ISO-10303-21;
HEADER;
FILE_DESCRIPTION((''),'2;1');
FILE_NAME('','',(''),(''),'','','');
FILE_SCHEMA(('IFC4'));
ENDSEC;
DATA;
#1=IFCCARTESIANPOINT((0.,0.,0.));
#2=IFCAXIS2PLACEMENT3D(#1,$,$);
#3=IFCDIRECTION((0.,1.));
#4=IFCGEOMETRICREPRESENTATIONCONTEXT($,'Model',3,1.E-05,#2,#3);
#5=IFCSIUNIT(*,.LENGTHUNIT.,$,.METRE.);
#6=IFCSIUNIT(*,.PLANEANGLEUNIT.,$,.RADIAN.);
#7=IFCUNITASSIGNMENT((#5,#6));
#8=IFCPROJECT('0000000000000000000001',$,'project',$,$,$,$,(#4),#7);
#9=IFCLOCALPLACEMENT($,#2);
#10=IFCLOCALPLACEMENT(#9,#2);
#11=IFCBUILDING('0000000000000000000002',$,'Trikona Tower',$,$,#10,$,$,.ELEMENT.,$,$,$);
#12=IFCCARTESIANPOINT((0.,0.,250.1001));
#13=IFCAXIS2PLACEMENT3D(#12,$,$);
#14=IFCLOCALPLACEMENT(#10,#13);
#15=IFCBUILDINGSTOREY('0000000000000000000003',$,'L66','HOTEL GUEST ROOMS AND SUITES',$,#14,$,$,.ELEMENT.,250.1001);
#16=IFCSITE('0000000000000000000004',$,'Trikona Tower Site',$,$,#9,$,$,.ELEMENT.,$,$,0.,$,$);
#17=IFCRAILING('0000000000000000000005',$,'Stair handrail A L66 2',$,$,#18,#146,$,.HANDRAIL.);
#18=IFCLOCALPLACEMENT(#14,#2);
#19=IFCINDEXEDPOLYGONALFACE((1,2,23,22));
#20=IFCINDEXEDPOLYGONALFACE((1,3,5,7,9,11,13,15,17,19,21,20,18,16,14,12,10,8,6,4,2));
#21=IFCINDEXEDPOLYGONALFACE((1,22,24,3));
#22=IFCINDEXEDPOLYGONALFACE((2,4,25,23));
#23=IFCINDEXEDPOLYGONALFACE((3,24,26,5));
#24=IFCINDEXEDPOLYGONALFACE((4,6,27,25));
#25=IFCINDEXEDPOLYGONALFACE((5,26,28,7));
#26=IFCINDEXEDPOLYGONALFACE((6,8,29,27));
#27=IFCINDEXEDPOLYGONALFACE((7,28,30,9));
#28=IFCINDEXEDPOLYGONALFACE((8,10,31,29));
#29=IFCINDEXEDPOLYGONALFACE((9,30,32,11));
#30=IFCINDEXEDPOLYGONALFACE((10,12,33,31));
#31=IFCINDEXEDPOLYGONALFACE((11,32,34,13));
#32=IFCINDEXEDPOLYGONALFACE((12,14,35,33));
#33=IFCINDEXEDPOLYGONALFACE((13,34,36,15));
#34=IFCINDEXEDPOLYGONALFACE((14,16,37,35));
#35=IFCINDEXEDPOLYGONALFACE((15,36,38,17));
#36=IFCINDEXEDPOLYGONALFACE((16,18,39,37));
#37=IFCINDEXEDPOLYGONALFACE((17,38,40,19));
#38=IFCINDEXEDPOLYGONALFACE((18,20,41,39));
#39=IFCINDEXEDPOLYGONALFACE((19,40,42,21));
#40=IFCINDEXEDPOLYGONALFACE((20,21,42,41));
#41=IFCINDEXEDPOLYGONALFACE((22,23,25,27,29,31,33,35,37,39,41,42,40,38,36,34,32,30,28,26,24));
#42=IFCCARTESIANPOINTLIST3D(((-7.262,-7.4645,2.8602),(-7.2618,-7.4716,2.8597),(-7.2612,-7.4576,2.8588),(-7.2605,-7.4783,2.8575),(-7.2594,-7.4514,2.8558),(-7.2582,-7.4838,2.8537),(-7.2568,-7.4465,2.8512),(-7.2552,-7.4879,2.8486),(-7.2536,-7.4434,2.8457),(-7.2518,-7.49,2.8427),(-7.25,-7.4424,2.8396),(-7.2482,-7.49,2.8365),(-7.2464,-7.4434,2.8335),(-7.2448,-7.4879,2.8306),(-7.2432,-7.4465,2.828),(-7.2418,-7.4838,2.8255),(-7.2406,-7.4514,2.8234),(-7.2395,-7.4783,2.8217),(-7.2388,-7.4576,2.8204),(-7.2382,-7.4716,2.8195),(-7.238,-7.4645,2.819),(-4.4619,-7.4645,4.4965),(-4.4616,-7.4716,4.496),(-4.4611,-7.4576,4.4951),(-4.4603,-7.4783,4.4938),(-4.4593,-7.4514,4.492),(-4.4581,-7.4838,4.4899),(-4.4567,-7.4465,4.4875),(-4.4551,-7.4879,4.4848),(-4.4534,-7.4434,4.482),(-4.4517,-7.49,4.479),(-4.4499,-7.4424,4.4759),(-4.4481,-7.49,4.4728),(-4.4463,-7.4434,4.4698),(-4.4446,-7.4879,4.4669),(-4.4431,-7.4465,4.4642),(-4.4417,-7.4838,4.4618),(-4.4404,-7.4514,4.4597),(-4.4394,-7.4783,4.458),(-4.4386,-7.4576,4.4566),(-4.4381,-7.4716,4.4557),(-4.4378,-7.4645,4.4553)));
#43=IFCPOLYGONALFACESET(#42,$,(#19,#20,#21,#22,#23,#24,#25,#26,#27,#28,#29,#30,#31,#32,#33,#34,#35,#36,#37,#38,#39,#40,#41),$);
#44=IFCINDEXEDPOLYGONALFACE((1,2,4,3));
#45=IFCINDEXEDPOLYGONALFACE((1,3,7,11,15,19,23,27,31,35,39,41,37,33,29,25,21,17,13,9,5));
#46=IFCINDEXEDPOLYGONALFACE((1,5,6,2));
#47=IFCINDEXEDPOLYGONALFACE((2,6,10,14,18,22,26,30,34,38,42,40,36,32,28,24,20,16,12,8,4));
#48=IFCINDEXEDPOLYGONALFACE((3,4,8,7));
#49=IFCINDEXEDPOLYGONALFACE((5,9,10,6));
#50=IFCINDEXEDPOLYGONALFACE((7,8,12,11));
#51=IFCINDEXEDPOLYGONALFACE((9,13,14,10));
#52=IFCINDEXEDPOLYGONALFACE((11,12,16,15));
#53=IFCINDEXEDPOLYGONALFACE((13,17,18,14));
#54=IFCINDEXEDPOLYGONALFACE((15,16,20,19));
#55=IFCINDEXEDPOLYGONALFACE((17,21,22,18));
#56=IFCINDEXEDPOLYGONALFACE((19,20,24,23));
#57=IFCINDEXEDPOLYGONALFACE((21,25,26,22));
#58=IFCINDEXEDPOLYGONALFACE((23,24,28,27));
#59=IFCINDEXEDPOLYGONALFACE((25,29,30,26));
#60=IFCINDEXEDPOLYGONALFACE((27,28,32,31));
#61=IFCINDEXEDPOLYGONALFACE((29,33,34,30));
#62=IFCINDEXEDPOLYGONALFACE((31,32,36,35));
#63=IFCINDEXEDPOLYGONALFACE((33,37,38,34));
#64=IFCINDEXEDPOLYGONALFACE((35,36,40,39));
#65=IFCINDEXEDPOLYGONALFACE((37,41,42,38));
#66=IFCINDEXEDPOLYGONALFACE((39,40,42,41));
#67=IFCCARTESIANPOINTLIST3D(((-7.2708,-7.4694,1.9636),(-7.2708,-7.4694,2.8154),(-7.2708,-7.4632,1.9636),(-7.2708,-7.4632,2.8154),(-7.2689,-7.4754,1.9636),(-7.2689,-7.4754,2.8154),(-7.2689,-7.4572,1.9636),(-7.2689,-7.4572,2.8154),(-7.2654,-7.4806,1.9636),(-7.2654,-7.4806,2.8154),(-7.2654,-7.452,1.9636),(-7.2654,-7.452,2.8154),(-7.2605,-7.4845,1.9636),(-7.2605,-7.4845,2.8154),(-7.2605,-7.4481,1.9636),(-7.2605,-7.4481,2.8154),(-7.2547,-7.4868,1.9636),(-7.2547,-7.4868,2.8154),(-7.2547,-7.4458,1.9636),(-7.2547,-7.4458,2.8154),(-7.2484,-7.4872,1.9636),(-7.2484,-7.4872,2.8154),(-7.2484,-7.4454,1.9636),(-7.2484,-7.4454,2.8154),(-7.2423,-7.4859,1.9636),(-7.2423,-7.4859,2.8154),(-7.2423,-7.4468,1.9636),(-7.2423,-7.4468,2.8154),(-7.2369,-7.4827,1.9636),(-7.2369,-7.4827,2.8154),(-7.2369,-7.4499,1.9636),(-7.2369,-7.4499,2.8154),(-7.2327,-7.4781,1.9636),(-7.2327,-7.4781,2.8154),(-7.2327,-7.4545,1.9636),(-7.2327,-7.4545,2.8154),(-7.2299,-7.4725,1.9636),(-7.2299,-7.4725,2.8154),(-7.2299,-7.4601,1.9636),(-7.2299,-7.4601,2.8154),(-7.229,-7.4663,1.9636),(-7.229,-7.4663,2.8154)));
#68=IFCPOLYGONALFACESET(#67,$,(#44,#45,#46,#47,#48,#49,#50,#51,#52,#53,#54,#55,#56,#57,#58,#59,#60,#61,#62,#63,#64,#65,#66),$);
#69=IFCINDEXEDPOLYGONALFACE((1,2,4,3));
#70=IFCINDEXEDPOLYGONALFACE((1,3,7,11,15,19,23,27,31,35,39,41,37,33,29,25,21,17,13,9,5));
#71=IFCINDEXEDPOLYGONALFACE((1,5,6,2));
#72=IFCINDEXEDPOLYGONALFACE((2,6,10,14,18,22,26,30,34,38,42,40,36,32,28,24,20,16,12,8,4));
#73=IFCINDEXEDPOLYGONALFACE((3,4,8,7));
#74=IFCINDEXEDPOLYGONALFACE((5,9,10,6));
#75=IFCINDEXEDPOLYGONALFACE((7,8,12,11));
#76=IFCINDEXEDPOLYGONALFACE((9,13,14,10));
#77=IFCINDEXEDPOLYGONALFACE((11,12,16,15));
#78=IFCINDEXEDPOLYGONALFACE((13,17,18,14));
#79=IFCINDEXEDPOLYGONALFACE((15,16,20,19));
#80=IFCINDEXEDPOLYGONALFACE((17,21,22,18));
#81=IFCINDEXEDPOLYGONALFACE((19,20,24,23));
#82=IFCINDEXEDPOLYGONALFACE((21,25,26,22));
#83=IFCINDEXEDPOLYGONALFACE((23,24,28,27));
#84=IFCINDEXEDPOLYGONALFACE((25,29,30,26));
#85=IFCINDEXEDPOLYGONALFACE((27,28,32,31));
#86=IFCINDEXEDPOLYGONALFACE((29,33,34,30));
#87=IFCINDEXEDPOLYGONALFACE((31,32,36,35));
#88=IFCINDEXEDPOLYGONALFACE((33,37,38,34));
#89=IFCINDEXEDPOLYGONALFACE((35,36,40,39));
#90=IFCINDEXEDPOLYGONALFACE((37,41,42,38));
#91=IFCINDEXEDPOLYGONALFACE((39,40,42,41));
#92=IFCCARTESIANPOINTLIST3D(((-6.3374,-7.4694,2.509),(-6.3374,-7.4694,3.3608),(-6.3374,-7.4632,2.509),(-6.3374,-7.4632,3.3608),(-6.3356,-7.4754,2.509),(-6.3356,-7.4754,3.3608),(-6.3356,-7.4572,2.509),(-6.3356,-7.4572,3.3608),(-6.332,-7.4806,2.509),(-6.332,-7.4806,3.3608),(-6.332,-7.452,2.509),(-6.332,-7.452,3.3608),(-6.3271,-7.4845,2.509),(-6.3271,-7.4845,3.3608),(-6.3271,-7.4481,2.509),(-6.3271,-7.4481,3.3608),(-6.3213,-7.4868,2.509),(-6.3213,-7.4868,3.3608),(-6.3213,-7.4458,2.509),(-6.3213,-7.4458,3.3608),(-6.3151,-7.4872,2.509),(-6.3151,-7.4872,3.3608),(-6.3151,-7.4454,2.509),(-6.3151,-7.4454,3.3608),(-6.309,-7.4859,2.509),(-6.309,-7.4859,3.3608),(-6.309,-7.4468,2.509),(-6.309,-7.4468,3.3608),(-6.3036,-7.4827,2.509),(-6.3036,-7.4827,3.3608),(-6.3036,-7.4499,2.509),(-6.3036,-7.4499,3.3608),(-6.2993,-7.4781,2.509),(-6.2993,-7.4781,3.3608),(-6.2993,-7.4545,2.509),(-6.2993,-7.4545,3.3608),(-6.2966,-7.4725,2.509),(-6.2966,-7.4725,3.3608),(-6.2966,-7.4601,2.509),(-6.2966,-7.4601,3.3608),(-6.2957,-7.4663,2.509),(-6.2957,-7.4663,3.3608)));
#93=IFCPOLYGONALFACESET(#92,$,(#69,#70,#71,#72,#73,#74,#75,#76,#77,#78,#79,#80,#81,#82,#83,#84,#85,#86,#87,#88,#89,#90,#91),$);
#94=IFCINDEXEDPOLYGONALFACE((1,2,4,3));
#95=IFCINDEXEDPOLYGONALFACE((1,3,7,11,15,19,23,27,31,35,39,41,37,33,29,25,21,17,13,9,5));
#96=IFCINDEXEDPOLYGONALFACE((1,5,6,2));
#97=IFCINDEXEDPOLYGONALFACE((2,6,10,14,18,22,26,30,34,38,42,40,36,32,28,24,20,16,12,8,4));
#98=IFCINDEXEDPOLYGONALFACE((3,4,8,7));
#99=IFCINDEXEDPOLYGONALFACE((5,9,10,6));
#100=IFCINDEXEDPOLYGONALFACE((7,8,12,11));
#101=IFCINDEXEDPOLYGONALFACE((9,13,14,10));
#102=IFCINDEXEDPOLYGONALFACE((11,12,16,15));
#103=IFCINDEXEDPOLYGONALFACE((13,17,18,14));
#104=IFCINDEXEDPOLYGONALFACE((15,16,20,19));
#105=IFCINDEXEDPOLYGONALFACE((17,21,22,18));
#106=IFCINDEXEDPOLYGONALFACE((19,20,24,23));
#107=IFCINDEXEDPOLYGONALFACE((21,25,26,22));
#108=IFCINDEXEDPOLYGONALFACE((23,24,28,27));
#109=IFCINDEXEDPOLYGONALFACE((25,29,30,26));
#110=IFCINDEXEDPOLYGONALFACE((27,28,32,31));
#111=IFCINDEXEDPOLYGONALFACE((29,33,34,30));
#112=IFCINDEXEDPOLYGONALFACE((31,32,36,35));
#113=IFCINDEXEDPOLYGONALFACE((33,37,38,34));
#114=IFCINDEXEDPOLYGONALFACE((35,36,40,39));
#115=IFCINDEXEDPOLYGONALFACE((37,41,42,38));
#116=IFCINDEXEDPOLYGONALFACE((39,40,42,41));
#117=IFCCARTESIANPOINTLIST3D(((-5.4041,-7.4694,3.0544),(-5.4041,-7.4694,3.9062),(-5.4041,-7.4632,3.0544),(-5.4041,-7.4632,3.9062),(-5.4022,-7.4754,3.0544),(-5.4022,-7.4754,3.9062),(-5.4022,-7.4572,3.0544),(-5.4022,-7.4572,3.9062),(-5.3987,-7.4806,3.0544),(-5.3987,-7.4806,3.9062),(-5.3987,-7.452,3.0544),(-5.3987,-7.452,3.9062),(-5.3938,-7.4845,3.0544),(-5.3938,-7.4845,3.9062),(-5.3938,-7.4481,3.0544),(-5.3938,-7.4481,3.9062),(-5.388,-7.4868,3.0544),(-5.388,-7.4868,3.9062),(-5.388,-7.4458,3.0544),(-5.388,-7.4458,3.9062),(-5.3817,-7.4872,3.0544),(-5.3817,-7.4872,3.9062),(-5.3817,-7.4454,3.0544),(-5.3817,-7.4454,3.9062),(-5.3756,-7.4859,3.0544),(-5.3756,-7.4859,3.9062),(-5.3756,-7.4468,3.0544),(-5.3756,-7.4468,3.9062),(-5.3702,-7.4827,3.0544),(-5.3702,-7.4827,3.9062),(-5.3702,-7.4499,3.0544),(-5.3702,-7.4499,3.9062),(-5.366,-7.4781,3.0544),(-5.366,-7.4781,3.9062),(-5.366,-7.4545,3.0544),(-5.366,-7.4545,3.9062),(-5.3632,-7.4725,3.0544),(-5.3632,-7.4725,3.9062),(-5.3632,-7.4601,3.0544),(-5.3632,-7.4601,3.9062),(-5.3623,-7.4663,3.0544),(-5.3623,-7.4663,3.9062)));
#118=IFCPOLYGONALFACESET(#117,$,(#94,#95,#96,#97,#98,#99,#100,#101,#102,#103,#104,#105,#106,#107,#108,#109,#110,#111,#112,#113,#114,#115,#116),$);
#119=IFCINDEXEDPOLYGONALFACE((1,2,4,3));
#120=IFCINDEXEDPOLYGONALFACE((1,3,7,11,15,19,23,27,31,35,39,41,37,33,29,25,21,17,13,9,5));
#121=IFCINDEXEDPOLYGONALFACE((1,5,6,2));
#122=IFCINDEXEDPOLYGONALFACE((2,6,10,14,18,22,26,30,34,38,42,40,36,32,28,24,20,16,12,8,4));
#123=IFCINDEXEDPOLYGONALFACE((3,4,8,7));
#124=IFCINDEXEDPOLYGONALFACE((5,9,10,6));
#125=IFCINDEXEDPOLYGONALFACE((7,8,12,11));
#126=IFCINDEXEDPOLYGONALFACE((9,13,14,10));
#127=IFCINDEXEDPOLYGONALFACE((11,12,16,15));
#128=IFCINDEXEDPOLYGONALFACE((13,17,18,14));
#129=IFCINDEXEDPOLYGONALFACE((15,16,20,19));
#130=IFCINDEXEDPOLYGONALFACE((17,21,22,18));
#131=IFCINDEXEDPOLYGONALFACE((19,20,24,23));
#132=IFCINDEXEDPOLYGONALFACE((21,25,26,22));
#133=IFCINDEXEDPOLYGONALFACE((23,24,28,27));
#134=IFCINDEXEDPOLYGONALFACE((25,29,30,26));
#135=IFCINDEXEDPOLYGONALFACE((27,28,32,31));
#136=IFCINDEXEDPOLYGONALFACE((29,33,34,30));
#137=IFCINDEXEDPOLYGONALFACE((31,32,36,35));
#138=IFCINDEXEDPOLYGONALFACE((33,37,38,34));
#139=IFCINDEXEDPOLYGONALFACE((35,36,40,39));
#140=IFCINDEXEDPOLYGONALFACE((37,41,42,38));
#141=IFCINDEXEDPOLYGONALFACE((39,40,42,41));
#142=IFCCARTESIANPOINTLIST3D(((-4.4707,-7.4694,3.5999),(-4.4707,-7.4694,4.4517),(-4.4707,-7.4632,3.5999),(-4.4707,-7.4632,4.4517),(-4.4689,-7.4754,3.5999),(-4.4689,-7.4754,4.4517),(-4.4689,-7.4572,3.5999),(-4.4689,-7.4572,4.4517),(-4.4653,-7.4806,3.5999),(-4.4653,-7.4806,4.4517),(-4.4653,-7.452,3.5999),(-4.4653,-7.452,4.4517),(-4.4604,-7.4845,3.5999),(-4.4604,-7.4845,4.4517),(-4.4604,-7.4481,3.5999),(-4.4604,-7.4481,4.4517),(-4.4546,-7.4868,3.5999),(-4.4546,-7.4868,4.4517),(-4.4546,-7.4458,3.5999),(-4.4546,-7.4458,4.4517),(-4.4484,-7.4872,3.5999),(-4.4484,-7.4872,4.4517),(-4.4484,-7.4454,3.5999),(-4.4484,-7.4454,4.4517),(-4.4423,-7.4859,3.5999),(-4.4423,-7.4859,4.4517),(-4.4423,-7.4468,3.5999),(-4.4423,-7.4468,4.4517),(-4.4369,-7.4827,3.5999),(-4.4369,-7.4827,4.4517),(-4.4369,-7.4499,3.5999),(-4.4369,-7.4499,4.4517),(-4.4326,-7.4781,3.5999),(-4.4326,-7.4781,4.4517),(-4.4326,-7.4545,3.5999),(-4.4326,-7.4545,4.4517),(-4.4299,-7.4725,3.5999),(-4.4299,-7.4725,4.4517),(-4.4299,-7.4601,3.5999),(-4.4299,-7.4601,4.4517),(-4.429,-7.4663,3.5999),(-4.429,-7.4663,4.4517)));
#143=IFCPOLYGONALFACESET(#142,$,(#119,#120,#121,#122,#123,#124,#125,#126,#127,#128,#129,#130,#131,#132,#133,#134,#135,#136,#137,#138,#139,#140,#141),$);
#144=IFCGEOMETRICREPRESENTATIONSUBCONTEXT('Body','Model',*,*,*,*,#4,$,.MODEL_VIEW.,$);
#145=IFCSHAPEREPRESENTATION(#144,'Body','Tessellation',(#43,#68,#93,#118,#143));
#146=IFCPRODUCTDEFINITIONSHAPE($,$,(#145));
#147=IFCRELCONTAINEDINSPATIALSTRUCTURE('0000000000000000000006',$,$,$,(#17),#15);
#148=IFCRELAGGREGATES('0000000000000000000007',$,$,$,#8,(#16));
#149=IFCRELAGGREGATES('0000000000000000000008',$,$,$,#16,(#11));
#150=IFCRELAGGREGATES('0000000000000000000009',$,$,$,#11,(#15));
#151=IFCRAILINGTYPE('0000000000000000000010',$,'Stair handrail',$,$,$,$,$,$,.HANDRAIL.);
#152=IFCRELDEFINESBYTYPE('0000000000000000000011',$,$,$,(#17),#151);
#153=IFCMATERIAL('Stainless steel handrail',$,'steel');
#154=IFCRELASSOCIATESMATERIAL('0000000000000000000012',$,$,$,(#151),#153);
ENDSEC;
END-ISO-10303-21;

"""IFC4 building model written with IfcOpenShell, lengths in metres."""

from ifc_helpers import new_model, si_unit, direction, frame, origin, origin_2d, place, context, subcontext, project, spatial, circle, extrude, material, type_object, element, save


model = new_model("IFC4")

# Units and contexts
model_context = context("Model", 3, precision=1e-05, world=origin(), true_north=direction((0.0, 1.0)))
body_context = subcontext(model_context, "Body", "Model", "MODEL_VIEW")
ifc_project = project(units=[si_unit("LENGTHUNIT", "METRE"), si_unit("PLANEANGLEUNIT", "RADIAN")], contexts=[model_context])

# Site, building, storey
site_placement = place(None, origin())
site = spatial("IfcSite", under=ifc_project, at=site_placement, Name="Trikona Tower Site", CompositionType="ELEMENT", RefElevation=0.0)
building_placement = place(site_placement, origin())
building = spatial("IfcBuilding", under=site, at=building_placement, Name="Trikona Tower", CompositionType="ELEMENT")
storey_placement = place(building_placement, frame((0.0, 0.0, 250.1001)))
storey = spatial("IfcBuildingStorey", under=building, at=storey_placement, Name="L66", Description="HOTEL GUEST ROOMS AND SUITES", CompositionType="ELEMENT", Elevation=250.1001)

# Railing
ifc_material_1 = material(Name="Stainless steel handrail", Category="steel")
railing_type = type_object("IfcRailingType", Name="Stair handrail", PredefinedType="HANDRAIL", material=ifc_material_1)
railing_1_placement = place(storey_placement, frame((-7.25, -7.4663, 1.9636)))
element("IfcRailing", 1, at=railing_1_placement, inside=storey, type_object=railing_type, Name="Stair handrail A L66 2", PredefinedType="HANDRAIL", context=body_context, shape_type="SweptSolid", body=[
    extrude(circle(Radius=0.0239, at=origin_2d()), frame((0.0, 0.0, 0.876), z_axis=(0.863394, 0.0, 0.504531), x_axis=(0.0, 1.0, 0.0)), (0.0, 0.0, 1.0), 3.2432),
    extrude(circle(Radius=0.021, at=origin_2d()), origin(), (0.0, 0.0, 1.0), 0.8518),
    extrude(circle(Radius=0.021, at=origin_2d()), frame((0.9333, 0.0, 0.5454)), (0.0, 0.0, 1.0), 0.8518),
    extrude(circle(Radius=0.021, at=origin_2d()), frame((1.8667, 0.0, 1.0908)), (0.0, 0.0, 1.0), 0.8518),
    extrude(circle(Radius=0.021, at=origin_2d()), frame((2.8, 0.0, 1.6362)), (0.0, 0.0, 1.0), 0.8518),
])

save(model, "model.ifc")
